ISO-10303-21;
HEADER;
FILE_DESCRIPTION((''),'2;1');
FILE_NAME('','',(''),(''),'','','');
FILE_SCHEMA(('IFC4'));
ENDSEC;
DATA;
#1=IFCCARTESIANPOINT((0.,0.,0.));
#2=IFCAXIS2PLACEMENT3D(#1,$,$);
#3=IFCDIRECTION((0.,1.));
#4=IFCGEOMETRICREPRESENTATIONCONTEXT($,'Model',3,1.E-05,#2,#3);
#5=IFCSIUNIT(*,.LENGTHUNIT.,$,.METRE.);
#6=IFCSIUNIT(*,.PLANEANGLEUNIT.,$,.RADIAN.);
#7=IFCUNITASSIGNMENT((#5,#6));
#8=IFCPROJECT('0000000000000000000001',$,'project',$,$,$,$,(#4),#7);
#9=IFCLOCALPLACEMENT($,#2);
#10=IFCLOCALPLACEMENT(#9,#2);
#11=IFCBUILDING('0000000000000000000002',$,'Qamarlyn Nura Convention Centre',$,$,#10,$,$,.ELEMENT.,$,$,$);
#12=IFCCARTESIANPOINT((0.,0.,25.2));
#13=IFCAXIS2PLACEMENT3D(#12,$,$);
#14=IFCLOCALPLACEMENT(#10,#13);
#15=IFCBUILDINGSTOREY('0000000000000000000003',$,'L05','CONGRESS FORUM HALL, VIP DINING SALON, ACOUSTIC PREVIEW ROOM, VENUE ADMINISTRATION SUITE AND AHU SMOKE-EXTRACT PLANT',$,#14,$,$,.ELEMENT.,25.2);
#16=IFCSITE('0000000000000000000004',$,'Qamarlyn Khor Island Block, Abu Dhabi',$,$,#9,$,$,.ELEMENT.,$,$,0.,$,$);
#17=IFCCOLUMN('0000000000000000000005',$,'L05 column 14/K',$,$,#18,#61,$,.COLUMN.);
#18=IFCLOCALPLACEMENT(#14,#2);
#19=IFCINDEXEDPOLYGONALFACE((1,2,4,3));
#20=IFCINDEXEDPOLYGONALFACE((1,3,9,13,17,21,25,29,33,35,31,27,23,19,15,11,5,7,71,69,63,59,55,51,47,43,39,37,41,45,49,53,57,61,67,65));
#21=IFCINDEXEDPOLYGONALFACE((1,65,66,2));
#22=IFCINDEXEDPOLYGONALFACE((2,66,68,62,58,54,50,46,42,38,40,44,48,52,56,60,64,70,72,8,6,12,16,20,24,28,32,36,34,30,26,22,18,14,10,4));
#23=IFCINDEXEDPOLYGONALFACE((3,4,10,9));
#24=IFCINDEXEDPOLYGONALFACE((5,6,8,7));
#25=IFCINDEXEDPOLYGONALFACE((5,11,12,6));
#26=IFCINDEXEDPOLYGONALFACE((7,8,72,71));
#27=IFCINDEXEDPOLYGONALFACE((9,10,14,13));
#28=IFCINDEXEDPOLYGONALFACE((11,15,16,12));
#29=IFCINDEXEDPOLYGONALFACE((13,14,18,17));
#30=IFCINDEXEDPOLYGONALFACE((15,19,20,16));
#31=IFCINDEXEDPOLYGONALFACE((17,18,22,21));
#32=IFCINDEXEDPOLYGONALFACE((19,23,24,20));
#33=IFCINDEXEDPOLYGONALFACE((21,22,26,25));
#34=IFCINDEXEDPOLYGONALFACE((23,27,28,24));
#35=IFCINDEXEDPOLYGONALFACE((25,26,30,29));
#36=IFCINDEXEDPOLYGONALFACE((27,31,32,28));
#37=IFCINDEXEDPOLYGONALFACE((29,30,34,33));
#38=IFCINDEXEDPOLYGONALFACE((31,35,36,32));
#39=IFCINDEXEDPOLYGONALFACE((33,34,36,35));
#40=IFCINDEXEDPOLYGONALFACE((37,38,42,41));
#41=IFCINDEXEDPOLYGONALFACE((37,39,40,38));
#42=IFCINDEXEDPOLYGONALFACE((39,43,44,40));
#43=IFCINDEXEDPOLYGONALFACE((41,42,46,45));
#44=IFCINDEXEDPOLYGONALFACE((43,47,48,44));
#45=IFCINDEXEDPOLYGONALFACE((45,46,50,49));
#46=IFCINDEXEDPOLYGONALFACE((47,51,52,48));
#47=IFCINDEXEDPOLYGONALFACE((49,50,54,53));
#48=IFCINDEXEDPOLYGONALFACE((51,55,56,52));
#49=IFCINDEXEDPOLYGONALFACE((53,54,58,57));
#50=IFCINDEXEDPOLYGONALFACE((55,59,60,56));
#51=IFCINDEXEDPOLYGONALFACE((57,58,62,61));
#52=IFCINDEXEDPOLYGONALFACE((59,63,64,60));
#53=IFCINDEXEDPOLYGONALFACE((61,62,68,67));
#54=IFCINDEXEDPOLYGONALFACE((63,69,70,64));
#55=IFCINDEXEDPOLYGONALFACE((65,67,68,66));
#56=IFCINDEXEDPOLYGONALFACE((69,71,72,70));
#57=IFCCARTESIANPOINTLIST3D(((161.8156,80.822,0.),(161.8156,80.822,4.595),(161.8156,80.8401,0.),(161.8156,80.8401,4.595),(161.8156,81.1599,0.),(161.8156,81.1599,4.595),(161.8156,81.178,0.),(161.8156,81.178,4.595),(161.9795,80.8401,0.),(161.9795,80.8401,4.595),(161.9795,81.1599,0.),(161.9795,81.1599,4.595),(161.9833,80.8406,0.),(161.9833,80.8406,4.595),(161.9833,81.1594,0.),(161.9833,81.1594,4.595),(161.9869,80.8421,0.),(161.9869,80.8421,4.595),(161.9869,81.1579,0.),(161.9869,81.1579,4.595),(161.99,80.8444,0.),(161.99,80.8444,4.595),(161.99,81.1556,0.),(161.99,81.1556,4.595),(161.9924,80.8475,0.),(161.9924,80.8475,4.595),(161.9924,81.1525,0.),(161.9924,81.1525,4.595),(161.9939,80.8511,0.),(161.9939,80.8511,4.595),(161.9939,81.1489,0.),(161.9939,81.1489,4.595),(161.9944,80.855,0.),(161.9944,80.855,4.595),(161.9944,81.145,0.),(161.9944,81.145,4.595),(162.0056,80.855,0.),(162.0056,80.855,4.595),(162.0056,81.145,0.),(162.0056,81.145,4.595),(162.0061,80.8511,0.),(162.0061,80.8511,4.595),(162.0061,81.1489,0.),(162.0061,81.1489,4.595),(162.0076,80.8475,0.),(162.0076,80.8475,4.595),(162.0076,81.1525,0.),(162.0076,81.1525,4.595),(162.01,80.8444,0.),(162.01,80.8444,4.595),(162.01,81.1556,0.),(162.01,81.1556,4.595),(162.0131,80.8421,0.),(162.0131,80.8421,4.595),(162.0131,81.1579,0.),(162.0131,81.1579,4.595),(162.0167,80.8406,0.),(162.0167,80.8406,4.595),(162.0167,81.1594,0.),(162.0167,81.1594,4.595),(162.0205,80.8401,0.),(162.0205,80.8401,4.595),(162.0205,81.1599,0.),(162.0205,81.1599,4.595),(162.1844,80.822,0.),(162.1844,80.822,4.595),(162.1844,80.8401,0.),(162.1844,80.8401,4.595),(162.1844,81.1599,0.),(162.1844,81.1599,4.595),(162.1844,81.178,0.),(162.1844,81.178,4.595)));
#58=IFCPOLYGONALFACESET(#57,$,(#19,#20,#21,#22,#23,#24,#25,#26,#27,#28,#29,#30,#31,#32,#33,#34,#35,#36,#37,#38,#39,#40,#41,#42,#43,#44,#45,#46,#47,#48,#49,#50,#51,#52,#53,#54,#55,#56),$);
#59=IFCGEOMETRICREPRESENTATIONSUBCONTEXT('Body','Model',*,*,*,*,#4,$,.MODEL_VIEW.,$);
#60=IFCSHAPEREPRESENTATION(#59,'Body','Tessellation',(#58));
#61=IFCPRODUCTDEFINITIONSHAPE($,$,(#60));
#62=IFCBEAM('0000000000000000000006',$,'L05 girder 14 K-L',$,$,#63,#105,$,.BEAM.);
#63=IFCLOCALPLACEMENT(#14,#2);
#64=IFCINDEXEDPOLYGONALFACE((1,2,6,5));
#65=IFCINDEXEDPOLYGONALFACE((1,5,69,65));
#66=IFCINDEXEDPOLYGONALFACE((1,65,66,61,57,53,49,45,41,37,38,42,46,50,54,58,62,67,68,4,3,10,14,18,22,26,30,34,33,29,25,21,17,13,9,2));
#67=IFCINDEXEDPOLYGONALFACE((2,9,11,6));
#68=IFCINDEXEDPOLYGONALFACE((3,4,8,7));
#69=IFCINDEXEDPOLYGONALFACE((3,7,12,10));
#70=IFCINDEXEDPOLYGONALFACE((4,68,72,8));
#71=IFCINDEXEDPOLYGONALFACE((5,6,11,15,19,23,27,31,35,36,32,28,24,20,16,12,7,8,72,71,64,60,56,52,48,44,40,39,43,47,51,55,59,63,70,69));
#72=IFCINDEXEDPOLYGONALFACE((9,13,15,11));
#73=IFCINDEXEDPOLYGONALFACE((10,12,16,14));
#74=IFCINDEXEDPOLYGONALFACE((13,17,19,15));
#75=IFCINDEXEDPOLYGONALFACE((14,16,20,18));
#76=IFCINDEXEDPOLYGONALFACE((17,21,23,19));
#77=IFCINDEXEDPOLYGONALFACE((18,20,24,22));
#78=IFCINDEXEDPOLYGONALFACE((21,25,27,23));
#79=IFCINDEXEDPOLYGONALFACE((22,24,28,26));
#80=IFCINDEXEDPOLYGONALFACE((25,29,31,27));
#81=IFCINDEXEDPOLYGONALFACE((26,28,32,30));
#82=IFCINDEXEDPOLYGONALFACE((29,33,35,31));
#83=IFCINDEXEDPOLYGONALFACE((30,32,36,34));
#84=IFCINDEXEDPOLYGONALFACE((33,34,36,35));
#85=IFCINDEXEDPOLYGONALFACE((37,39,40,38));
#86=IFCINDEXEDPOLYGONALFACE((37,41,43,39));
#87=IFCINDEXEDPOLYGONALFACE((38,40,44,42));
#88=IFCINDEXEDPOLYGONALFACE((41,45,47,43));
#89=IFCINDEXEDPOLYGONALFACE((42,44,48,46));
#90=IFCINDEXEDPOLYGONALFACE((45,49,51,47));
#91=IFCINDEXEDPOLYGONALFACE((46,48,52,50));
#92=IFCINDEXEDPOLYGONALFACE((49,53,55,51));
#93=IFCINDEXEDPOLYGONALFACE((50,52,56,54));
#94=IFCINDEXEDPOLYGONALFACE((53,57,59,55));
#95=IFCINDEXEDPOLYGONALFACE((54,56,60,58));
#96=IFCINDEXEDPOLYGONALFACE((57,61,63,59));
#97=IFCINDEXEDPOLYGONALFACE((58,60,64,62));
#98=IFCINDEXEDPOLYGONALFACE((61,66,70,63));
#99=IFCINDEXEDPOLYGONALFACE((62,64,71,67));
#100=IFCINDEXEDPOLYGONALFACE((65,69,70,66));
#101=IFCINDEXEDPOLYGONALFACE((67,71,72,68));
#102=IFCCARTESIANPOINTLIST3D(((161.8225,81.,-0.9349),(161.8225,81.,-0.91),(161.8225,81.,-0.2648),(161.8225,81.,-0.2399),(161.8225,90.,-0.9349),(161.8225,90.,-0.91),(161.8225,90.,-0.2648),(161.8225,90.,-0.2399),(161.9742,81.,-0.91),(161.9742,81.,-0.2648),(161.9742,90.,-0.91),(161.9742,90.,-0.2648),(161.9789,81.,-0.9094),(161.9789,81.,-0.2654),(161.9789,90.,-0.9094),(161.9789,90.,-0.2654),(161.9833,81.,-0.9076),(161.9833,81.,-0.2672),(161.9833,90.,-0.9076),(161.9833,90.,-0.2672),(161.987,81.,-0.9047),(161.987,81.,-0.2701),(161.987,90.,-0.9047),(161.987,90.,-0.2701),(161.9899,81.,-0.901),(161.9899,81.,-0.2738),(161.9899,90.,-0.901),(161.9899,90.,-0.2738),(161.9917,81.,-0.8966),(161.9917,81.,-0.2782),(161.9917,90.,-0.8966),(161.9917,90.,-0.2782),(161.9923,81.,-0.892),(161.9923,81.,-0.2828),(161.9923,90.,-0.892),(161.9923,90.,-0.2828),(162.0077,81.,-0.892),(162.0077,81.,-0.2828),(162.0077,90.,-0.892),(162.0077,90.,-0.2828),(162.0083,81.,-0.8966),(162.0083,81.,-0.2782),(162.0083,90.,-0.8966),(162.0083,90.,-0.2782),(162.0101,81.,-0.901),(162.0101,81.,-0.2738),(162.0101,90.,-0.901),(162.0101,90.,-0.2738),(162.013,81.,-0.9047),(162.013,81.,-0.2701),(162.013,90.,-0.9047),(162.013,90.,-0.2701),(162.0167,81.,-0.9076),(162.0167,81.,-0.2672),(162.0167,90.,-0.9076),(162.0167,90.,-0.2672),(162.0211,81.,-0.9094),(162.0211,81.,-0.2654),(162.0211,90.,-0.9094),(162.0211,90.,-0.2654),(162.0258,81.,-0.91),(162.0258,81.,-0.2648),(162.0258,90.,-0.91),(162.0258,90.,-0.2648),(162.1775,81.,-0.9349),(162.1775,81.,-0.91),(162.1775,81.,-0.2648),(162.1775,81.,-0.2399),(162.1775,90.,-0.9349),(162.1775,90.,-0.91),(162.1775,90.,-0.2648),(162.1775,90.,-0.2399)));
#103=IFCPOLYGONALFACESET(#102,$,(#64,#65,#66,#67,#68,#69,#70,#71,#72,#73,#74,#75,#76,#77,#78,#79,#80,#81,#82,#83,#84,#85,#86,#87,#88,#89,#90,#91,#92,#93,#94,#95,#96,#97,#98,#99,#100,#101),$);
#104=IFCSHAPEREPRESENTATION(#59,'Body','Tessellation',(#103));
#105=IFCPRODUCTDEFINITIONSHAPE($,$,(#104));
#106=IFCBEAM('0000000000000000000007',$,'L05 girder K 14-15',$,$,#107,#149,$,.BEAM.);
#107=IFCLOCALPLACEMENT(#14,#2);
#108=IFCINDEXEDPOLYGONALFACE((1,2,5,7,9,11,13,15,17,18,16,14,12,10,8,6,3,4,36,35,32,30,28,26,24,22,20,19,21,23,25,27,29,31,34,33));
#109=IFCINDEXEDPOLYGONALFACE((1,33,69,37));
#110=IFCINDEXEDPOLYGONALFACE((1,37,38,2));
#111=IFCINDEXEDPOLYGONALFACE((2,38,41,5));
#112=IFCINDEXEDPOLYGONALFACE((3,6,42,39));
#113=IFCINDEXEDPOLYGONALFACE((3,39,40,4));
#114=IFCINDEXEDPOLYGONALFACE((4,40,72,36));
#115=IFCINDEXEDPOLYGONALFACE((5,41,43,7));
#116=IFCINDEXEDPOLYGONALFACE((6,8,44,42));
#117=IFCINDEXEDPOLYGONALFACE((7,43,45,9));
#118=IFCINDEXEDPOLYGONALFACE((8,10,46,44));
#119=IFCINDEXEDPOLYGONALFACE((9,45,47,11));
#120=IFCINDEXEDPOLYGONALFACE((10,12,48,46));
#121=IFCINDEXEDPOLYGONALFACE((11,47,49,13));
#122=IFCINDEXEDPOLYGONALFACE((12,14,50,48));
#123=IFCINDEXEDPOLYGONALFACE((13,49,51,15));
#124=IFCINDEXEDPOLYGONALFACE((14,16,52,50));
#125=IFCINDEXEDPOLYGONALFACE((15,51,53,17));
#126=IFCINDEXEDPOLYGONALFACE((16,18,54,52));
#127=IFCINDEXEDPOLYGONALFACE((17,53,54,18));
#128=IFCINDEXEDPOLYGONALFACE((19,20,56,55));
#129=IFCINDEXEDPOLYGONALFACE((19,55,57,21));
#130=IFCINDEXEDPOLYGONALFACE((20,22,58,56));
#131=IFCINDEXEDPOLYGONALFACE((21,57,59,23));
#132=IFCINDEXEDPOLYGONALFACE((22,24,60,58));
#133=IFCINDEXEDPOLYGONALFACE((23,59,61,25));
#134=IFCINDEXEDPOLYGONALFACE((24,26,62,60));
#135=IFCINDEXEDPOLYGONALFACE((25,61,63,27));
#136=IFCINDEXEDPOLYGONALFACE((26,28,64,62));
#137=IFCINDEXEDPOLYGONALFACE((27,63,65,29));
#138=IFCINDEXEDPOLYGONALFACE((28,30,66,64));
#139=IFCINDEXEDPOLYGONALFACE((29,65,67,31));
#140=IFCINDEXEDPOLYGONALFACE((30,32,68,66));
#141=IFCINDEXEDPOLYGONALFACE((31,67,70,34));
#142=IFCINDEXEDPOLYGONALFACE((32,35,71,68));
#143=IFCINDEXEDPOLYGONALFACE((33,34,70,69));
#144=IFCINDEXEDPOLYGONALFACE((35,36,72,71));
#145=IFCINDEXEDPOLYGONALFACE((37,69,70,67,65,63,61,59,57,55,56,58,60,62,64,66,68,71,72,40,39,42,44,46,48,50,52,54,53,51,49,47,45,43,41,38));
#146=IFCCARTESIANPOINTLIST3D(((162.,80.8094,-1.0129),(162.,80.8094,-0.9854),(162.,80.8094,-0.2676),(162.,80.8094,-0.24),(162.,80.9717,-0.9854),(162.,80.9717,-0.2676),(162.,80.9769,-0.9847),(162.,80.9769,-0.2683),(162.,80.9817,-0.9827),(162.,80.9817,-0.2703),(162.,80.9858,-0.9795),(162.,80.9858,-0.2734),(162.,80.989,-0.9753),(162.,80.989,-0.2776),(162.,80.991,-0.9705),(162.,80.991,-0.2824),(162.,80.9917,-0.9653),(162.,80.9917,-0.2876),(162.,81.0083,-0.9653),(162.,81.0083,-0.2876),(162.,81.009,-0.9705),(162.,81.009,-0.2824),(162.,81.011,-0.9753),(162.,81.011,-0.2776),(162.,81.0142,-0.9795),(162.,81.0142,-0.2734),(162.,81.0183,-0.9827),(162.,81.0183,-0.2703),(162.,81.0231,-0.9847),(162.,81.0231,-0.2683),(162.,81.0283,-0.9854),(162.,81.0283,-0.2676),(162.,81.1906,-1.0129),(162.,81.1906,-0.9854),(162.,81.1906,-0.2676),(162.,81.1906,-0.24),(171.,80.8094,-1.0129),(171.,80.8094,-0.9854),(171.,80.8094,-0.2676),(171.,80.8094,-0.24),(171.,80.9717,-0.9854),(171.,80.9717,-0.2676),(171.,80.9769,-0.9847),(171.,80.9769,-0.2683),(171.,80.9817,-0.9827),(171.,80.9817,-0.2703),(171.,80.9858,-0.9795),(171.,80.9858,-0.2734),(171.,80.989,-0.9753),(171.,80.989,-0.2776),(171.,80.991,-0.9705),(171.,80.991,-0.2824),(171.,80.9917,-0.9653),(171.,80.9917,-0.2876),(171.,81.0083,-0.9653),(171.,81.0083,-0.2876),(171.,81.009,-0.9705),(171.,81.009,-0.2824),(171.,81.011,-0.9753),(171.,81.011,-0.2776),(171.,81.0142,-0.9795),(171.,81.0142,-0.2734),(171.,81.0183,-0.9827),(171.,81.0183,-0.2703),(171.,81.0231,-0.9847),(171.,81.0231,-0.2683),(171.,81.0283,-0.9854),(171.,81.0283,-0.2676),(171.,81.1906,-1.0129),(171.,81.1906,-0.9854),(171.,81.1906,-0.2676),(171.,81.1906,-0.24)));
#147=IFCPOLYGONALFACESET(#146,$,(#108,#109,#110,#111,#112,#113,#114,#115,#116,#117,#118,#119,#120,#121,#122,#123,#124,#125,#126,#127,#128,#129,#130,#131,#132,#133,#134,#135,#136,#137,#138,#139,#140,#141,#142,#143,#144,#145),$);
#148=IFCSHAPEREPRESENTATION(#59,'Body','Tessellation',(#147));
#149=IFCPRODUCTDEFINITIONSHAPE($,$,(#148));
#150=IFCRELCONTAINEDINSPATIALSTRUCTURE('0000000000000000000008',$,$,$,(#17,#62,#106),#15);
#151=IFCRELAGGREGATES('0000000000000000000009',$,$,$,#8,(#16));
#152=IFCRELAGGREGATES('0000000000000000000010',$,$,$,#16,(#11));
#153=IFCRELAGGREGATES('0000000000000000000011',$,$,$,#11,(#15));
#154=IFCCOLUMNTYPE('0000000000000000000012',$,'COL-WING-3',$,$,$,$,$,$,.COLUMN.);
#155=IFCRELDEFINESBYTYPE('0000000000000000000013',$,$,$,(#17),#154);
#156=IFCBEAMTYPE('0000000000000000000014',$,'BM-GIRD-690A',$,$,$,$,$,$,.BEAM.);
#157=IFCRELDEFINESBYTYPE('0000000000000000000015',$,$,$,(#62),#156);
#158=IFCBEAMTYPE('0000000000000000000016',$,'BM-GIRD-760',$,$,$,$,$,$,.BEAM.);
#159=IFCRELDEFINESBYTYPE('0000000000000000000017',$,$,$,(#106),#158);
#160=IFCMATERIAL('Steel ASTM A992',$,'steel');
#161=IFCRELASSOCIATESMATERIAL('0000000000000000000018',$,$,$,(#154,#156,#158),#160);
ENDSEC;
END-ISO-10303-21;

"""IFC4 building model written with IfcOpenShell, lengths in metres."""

from ifc_helpers import new_model, si_unit, direction, frame, origin, origin_2d, place, context, subcontext, project, spatial, i_section, extrude, material, material_profile, profile_set, type_object, element, save


model = new_model("IFC4")

# Units and contexts
model_context = context("Model", 3, precision=1e-05, world=origin(), true_north=direction((0.0, 1.0)))
body_context = subcontext(model_context, "Body", "Model", "MODEL_VIEW")
ifc_project = project(units=[si_unit("LENGTHUNIT", "METRE"), si_unit("PLANEANGLEUNIT", "RADIAN")], contexts=[model_context])

# Site, building, storey
site_placement = place(None, origin())
site = spatial("IfcSite", under=ifc_project, at=site_placement, Name="Qamarlyn Khor Island Block, Abu Dhabi", CompositionType="ELEMENT", RefElevation=0.0)
building_placement = place(site_placement, origin())
building = spatial("IfcBuilding", under=site, at=building_placement, Name="Qamarlyn Nura Convention Centre", CompositionType="ELEMENT")
storey_placement = place(building_placement, frame((0.0, 0.0, 25.2)))
storey = spatial("IfcBuildingStorey", under=building, at=storey_placement, Name="L05", Description="CONGRESS FORUM HALL, VIP DINING SALON, ACOUSTIC PREVIEW ROOM, VENUE ADMINISTRATION SUITE AND AHU SMOKE-EXTRACT PLANT", CompositionType="ELEMENT", Elevation=25.2)

# Column
ifc_material_1 = material(Name="Steel ASTM A992", Category="steel")
ifc_material_profile_1 = material_profile(ifc_material_1, i_section(OverallWidth=0.3689, OverallDepth=0.356, WebThickness=0.0112, FlangeThickness=0.0181, FilletRadius=0.0149, at=origin_2d()), Name="W360X134")
ifc_profile_set_1 = profile_set([ifc_material_profile_1], Name="Steel ASTM A992")
column_type = type_object("IfcColumnType", Name="COL-WING-3", PredefinedType="COLUMN", material=ifc_profile_set_1)
column_placement = place(storey_placement, frame((162.0, 81.0, 0.0), z_axis=(0.0, 0.0, 1.0), x_axis=(1.0, 0.0, 0.0)))
element("IfcColumn", 1, at=column_placement, inside=storey, type_object=column_type, Name="L05 column 14/K", PredefinedType="COLUMN", context=body_context, shape_type="SweptSolid", body=[
    extrude(i_section(OverallWidth=0.3689, OverallDepth=0.356, WebThickness=0.0112, FlangeThickness=0.0181, FilletRadius=0.0149, at=origin_2d()), origin(), (0.0, 0.0, 1.0), 4.595),
])

# Beams
ifc_material_profile_2 = material_profile(ifc_material_1, i_section(OverallWidth=0.355, OverallDepth=0.6951, WebThickness=0.0154, FlangeThickness=0.0249, FilletRadius=0.0181, at=origin_2d()), Name="W690X217")
ifc_profile_set_2 = profile_set([ifc_material_profile_2], Name="Steel ASTM A992")
beam_type_1 = type_object("IfcBeamType", Name="BM-GIRD-690A", PredefinedType="BEAM", material=ifc_profile_set_2)
beam_1_placement = place(storey_placement, frame((162.0, 81.0, -0.5874), z_axis=(0.0, 1.0, 0.0), x_axis=(-1.0, 0.0, 0.0)))
element("IfcBeam", 2, at=beam_1_placement, inside=storey, type_object=beam_type_1, Name="L05 girder 14 K-L", PredefinedType="BEAM", context=body_context, shape_type="SweptSolid", body=[
    extrude(i_section(OverallWidth=0.355, OverallDepth=0.6951, WebThickness=0.0154, FlangeThickness=0.0249, FilletRadius=0.0181, at=origin_2d()), origin(), (0.0, 0.0, 1.0), 9.0),
])
ifc_material_profile_3 = material_profile(ifc_material_1, i_section(OverallWidth=0.3811, OverallDepth=0.7729, WebThickness=0.0166, FlangeThickness=0.0276, FilletRadius=0.02, at=origin_2d()), Name="W760X257")
ifc_profile_set_3 = profile_set([ifc_material_profile_3], Name="Steel ASTM A992")
beam_type_2 = type_object("IfcBeamType", Name="BM-GIRD-760", PredefinedType="BEAM", material=ifc_profile_set_3)
beam_2_placement = place(storey_placement, frame((162.0, 81.0, -0.6265), z_axis=(1.0, 0.0, 0.0), x_axis=(0.0, 1.0, 0.0)))
element("IfcBeam", 3, at=beam_2_placement, inside=storey, type_object=beam_type_2, Name="L05 girder K 14-15", PredefinedType="BEAM", context=body_context, shape_type="SweptSolid", body=[
    extrude(i_section(OverallWidth=0.3811, OverallDepth=0.7729, WebThickness=0.0166, FlangeThickness=0.0276, FilletRadius=0.02, at=origin_2d()), origin(), (0.0, 0.0, 1.0), 9.0),
])

save(model, "model.ifc")
